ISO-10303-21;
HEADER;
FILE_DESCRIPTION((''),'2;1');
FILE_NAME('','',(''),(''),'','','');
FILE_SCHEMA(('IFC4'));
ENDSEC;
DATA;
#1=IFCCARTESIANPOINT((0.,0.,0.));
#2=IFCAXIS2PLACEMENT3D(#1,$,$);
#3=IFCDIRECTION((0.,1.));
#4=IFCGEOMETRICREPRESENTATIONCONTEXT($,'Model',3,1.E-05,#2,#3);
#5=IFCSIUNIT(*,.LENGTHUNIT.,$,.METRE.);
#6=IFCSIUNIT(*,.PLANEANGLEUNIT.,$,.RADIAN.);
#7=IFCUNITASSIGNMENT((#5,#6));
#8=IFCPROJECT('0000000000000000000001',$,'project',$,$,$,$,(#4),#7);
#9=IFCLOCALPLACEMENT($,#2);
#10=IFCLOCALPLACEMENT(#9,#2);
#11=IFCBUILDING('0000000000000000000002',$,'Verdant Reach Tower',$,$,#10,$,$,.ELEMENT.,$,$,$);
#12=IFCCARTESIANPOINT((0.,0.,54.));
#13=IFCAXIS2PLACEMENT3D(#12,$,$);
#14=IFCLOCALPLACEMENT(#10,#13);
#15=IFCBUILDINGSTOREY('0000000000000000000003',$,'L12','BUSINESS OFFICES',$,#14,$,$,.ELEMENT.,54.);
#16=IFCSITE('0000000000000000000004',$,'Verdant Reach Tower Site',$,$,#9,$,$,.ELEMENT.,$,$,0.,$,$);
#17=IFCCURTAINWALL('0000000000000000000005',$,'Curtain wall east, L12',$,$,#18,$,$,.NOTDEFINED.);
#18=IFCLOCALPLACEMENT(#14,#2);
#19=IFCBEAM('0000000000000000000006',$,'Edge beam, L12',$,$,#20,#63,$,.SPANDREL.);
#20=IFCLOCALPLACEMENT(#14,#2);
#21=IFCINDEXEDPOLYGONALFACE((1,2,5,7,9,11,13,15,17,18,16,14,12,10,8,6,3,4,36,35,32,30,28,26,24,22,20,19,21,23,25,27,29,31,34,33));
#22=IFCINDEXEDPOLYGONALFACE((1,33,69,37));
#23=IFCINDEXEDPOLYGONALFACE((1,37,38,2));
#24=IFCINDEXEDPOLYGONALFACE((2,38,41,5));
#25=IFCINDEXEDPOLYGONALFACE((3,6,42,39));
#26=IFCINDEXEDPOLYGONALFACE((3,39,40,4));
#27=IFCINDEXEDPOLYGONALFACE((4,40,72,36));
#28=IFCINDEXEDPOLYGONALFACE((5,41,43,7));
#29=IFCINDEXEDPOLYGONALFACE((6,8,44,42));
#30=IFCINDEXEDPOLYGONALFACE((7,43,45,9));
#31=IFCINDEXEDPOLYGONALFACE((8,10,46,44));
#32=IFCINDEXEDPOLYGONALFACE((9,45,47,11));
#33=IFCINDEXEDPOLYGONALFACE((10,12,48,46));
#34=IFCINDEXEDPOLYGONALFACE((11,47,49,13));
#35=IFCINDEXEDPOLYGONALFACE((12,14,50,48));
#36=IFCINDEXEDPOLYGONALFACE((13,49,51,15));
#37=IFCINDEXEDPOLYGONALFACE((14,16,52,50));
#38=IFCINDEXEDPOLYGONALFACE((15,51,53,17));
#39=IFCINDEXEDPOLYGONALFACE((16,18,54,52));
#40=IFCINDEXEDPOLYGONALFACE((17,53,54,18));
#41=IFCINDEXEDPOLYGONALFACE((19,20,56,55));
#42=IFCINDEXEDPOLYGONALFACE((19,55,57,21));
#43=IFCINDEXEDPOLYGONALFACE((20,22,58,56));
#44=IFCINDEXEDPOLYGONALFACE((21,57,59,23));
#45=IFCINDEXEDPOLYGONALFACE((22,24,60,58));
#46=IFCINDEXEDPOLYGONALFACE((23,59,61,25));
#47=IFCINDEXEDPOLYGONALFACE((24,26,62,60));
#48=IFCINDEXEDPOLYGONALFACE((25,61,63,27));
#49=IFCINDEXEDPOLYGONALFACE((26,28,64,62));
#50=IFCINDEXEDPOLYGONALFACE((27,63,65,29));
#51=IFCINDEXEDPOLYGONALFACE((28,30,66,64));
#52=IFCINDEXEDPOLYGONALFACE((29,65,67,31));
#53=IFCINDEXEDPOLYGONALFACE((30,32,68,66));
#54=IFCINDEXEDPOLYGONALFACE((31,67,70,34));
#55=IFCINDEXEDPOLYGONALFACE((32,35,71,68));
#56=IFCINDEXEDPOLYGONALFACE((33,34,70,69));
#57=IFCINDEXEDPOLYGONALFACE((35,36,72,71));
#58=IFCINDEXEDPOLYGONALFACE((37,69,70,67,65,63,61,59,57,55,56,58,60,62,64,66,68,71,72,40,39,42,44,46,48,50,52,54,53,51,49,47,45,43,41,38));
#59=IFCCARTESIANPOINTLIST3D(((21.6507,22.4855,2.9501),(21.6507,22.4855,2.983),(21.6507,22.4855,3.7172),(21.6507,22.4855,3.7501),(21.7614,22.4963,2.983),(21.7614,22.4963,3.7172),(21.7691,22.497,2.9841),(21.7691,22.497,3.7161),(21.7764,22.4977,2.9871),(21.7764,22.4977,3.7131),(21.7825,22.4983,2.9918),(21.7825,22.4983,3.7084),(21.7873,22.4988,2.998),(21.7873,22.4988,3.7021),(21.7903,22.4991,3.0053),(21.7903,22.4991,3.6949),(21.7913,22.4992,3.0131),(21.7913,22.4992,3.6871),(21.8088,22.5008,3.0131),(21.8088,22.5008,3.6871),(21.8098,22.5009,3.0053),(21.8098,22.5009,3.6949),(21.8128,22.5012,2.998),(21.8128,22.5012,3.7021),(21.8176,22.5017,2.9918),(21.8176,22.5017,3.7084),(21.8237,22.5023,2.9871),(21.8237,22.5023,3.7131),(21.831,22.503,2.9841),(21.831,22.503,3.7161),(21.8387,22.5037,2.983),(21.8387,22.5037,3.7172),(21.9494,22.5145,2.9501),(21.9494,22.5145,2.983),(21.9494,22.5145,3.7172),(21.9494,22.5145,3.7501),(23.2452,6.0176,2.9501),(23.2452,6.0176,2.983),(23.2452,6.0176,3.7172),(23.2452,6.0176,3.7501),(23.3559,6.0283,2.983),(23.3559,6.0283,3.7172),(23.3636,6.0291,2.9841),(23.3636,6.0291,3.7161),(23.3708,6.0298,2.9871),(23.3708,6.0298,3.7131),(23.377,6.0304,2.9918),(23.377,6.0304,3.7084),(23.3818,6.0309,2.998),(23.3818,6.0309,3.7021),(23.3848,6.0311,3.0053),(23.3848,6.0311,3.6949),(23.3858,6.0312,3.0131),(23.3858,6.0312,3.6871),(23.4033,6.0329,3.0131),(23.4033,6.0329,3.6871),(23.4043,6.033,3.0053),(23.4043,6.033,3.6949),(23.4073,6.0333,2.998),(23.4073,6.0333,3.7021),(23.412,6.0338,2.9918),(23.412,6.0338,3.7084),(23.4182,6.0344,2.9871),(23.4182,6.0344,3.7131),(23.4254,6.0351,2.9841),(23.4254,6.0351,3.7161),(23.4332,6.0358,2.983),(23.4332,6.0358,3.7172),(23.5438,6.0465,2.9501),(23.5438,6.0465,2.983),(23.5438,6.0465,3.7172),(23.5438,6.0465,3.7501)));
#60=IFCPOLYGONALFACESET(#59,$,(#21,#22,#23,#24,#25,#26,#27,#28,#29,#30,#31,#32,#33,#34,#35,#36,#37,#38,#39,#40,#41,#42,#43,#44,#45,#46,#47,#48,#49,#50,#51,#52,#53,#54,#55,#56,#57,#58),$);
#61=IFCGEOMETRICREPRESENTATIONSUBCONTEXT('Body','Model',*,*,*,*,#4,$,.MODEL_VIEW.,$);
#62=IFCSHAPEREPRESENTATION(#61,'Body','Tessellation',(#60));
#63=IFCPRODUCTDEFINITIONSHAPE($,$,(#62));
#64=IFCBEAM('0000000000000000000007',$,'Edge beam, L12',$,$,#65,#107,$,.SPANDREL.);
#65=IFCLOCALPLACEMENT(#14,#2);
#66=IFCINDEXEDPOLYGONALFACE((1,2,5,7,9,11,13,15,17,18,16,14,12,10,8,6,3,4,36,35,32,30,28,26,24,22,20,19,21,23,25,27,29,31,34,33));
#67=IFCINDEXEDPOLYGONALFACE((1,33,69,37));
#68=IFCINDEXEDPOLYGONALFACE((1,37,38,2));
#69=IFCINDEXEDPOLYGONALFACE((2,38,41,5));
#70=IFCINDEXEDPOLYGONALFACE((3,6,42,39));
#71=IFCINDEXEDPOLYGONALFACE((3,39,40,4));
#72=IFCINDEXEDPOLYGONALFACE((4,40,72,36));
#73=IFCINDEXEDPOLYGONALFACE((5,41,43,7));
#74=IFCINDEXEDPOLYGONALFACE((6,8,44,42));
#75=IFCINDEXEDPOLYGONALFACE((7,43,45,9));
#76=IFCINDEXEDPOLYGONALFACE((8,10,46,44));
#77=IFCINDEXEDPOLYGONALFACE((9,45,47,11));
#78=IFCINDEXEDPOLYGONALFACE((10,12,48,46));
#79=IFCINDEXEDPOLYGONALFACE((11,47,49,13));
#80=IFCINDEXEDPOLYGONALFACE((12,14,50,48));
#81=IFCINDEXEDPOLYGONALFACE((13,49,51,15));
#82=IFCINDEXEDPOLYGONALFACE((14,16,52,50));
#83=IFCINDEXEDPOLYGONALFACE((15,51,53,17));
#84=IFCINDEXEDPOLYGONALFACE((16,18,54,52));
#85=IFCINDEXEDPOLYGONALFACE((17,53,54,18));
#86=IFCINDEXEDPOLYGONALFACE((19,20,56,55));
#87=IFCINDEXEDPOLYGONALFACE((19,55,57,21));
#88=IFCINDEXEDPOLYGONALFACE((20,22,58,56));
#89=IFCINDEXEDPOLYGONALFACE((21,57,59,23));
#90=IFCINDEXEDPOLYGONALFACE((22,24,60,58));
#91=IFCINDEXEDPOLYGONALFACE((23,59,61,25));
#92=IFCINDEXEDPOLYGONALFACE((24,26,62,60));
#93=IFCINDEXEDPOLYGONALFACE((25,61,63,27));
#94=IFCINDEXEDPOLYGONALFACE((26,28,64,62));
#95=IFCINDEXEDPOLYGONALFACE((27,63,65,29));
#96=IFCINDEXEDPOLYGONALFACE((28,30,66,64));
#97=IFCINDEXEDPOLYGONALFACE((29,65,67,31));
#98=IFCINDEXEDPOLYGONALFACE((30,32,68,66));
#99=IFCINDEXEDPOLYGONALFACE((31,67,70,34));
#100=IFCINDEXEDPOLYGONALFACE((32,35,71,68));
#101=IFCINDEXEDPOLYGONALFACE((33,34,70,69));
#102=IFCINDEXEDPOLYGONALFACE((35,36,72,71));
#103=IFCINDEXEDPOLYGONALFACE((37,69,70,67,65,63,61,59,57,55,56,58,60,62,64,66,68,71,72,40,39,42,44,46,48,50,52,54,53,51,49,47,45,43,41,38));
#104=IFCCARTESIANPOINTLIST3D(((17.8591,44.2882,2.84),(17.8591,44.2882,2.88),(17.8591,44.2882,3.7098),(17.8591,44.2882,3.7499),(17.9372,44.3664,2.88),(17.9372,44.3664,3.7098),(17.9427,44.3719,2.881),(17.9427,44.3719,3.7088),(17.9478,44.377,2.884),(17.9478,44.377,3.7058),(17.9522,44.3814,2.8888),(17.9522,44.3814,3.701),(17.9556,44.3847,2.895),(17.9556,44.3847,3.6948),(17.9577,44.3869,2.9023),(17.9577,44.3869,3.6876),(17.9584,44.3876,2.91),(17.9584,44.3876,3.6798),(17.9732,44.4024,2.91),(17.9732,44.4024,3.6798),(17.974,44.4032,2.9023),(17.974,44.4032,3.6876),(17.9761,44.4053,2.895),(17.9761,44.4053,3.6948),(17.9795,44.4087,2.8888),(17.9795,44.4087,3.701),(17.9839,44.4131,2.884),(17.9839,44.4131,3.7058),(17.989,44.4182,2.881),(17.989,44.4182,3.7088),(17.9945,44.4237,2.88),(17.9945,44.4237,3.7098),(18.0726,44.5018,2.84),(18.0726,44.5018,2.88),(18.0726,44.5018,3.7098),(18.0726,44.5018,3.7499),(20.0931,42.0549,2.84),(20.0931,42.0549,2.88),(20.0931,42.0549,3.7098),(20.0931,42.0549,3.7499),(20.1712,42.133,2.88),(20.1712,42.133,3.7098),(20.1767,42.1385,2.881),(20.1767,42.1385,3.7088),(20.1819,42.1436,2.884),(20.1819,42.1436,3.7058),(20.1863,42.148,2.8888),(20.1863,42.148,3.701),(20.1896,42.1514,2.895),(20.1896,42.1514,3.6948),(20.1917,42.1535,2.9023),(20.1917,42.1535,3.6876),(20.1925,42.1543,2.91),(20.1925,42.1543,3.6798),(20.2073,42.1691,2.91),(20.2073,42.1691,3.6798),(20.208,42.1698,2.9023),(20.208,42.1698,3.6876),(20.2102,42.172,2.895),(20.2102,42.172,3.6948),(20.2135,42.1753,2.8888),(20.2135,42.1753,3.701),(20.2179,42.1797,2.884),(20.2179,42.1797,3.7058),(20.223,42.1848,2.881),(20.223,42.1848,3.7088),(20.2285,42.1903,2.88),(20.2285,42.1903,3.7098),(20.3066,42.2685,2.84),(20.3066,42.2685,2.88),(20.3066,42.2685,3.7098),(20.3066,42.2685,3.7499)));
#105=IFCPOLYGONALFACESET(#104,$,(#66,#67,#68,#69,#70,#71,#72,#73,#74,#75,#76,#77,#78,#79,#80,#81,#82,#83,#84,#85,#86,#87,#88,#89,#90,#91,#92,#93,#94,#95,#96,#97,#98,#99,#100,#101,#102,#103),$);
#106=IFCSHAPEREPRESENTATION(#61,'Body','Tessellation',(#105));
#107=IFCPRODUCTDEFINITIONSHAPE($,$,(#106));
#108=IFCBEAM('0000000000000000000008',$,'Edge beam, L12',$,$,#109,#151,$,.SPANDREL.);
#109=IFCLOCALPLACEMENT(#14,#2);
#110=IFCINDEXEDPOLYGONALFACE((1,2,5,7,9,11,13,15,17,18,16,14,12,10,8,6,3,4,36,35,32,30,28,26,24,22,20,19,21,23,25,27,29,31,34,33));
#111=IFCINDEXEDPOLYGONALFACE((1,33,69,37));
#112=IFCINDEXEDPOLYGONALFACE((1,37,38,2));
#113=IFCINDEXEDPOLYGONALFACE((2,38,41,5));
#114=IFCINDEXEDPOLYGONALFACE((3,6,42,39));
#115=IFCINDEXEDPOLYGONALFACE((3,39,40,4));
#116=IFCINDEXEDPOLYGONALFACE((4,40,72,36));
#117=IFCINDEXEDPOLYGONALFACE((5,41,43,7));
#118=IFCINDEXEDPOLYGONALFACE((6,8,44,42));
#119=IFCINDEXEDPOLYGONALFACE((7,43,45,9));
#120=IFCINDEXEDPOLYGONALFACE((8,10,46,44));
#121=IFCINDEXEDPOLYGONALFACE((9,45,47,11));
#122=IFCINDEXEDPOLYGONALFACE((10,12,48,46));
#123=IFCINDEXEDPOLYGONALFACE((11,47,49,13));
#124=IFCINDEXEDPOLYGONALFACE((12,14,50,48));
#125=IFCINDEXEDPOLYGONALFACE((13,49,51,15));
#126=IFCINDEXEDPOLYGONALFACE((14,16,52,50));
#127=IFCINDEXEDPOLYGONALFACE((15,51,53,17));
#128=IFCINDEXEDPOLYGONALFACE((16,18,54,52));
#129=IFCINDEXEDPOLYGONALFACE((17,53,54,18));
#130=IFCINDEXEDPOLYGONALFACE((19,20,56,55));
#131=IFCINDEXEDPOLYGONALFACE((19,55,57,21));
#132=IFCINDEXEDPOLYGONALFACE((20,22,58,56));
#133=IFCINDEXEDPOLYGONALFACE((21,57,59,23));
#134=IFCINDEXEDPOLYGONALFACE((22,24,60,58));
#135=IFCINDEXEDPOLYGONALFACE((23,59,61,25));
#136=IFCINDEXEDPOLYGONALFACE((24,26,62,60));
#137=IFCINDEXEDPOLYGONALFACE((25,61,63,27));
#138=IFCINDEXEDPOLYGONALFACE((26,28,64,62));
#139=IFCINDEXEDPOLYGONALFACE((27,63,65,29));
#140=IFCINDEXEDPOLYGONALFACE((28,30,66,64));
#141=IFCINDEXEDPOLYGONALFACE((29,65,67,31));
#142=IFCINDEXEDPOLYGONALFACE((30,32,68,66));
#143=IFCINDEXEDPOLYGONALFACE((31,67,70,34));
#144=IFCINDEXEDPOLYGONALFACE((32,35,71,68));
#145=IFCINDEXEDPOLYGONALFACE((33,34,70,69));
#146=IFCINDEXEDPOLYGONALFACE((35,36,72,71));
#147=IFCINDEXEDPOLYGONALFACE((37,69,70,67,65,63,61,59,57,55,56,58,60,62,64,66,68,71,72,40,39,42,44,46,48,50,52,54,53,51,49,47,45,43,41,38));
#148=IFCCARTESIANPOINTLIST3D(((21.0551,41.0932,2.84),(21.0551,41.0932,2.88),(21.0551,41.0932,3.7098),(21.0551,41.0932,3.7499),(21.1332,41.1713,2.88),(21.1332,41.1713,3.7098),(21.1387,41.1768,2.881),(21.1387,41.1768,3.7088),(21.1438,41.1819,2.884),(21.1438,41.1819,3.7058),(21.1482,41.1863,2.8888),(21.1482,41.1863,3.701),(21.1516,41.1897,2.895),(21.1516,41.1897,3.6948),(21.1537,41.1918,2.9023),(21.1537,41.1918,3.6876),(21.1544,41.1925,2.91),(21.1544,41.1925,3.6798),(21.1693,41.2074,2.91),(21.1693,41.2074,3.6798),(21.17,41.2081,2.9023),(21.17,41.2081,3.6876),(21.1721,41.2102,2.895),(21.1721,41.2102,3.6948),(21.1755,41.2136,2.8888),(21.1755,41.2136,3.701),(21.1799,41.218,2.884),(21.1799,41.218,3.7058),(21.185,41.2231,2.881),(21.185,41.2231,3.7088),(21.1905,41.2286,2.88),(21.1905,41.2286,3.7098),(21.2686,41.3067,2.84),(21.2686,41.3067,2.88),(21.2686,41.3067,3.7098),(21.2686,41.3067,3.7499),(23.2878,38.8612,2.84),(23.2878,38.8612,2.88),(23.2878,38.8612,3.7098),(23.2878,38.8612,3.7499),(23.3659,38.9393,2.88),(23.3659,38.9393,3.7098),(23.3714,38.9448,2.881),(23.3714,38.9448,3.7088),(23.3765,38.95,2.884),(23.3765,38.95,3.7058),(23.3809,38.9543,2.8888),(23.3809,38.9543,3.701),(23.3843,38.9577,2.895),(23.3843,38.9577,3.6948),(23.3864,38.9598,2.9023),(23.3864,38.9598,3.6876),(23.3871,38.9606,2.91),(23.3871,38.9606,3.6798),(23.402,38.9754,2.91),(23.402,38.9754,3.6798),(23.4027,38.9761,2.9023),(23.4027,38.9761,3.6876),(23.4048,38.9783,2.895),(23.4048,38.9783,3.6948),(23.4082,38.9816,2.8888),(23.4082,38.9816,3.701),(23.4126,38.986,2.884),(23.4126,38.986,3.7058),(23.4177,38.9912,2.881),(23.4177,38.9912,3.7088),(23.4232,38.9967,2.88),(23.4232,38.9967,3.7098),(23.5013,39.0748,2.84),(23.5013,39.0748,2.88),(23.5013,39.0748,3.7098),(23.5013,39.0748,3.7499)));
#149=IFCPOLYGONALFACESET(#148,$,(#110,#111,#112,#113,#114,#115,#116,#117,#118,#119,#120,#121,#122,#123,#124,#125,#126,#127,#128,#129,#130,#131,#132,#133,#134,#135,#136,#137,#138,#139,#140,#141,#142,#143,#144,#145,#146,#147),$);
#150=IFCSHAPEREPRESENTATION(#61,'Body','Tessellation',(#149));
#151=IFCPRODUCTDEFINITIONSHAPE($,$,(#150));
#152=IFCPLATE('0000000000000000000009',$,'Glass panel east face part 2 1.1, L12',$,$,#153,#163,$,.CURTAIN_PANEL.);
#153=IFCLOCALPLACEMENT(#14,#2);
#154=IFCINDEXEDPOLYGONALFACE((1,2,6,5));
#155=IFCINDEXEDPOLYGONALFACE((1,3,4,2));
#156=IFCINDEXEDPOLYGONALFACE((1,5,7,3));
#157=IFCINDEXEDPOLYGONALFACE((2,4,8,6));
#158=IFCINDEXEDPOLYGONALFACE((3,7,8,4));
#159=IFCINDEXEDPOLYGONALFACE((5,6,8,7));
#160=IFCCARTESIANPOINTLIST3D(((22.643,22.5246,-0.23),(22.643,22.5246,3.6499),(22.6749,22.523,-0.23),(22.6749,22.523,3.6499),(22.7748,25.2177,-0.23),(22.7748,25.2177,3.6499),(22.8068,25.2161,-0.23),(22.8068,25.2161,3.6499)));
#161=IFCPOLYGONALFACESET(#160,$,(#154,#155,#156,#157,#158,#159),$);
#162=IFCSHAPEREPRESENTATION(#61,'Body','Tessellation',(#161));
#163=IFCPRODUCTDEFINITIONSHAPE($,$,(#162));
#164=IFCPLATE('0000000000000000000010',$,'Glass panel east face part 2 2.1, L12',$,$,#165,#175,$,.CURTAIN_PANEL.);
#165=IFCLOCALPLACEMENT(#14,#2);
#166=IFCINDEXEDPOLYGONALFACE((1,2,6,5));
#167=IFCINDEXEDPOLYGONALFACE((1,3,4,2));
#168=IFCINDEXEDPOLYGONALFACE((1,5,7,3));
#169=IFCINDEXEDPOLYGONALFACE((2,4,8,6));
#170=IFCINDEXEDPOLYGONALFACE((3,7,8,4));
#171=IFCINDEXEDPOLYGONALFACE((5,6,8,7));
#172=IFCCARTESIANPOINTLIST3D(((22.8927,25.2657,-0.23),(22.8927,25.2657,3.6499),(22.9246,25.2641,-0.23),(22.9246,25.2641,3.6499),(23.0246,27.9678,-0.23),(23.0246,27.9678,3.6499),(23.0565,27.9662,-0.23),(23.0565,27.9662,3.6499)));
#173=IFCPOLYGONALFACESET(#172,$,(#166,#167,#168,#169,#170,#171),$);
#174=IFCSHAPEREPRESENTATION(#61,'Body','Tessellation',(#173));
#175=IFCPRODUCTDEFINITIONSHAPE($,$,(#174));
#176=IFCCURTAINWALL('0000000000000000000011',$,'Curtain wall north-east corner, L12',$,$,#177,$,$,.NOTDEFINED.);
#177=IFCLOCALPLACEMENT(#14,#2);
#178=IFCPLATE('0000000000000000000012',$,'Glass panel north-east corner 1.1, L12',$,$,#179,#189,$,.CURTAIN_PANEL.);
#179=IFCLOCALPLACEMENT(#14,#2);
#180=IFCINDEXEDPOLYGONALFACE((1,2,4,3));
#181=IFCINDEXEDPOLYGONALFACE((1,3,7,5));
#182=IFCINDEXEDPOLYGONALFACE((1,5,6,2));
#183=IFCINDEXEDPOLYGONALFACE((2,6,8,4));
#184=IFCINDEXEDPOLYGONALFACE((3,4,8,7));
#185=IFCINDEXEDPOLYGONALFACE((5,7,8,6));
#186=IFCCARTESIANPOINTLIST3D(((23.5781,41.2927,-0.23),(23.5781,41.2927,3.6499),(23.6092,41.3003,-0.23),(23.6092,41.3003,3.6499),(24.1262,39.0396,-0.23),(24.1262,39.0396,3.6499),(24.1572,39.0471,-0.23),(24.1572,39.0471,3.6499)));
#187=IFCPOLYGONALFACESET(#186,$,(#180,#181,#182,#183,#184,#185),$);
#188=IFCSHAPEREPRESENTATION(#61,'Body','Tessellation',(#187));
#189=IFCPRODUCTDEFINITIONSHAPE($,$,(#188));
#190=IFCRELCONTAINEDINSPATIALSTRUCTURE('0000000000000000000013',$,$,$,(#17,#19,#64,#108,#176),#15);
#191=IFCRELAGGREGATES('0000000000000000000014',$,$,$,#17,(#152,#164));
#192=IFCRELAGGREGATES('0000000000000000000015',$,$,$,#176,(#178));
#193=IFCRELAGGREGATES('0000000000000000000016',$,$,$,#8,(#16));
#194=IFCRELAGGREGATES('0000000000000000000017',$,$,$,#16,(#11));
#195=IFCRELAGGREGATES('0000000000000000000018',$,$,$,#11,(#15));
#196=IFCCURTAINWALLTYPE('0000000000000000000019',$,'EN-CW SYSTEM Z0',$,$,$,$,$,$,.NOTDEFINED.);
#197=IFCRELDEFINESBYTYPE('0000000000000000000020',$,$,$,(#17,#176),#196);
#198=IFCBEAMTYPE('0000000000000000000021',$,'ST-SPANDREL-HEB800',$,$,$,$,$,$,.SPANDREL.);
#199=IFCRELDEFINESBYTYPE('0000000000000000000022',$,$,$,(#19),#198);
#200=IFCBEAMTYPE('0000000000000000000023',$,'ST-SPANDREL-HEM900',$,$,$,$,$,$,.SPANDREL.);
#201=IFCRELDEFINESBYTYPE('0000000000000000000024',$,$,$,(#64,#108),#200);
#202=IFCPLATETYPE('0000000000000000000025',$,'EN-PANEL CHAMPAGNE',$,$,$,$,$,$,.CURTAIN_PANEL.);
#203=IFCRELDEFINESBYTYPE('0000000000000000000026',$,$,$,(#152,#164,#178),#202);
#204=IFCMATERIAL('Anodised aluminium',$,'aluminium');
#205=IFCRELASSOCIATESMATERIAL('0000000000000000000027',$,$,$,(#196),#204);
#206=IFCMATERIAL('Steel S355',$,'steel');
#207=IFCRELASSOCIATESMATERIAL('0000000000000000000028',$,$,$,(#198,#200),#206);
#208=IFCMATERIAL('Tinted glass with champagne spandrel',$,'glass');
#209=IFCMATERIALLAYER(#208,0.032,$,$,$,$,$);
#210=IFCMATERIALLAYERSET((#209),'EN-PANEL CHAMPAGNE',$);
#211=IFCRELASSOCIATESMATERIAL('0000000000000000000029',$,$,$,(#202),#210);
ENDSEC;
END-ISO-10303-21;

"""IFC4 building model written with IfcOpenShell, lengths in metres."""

from ifc_helpers import new_model, si_unit, direction, frame, origin, origin_2d, place, context, subcontext, project, spatial, rectangle, i_section, extrude, material, layer, layer_set, material_profile, profile_set, type_object, element, aggregate, save


model = new_model("IFC4")

# Units and contexts
model_context = context("Model", 3, precision=1e-05, world=origin(), true_north=direction((0.0, 1.0)))
body_context = subcontext(model_context, "Body", "Model", "MODEL_VIEW")
ifc_project = project(units=[si_unit("LENGTHUNIT", "METRE"), si_unit("PLANEANGLEUNIT", "RADIAN")], contexts=[model_context])

# Site, building, storey
site_placement = place(None, origin())
site = spatial("IfcSite", under=ifc_project, at=site_placement, Name="Verdant Reach Tower Site", CompositionType="ELEMENT", RefElevation=0.0)
building_placement = place(site_placement, origin())
building = spatial("IfcBuilding", under=site, at=building_placement, Name="Verdant Reach Tower", CompositionType="ELEMENT")
storey_placement = place(building_placement, frame((0.0, 0.0, 54.0)))
storey = spatial("IfcBuildingStorey", under=building, at=storey_placement, Name="L12", Description="BUSINESS OFFICES", CompositionType="ELEMENT", Elevation=54.0)

# Curtain wall
ifc_material_1 = material(Name="Anodised aluminium", Category="aluminium")
curtain_wall_type = type_object("IfcCurtainWallType", Name="EN-CW SYSTEM Z0", PredefinedType="NOTDEFINED", material=ifc_material_1)
curtain_wall_1_placement = place(storey_placement, origin())
curtain_wall_1 = element("IfcCurtainWall", 1, at=curtain_wall_1_placement, inside=storey, type_object=curtain_wall_type, Name="Curtain wall east, L12", PredefinedType="NOTDEFINED")

# Beams
ifc_material_2 = material(Name="Steel S355", Category="steel")
ifc_material_profile_1 = material_profile(ifc_material_2, i_section(OverallWidth=0.3, OverallDepth=0.8, WebThickness=0.0176, FlangeThickness=0.033, FilletRadius=0.03, at=origin_2d()), Name="HEB 800")
ifc_profile_set_1 = profile_set([ifc_material_profile_1], Name="Steel S355")
beam_type_1 = type_object("IfcBeamType", Name="ST-SPANDREL-HEB800", PredefinedType="SPANDREL", material=ifc_profile_set_1)
for number, where, z_axis, x_axis, name in (
    (2, (21.8, 22.5, 3.3501), (0.096372, -0.995345, 0.0), (0.995345, 0.096372, 0.0), "Edge beam, L12"),
):
    element("IfcBeam", number, at=place(storey_placement, frame(where, z_axis=z_axis, x_axis=x_axis)), inside=storey, type_object=beam_type_1, Name=name, PredefinedType="SPANDREL", context=body_context, shape_type="SweptSolid", body=[
        extrude(i_section(OverallWidth=0.3, OverallDepth=0.8, WebThickness=0.0176, FlangeThickness=0.033, FilletRadius=0.03, at=origin_2d()), origin(), (0.0, 0.0, 1.0), 16.5449),
    ])
ifc_material_profile_2 = material_profile(ifc_material_2, i_section(OverallWidth=0.302, OverallDepth=0.9099, WebThickness=0.021, FlangeThickness=0.04, FilletRadius=0.03, at=origin_2d()), Name="HEM 900")
ifc_profile_set_2 = profile_set([ifc_material_profile_2], Name="Steel S355")
beam_type_2 = type_object("IfcBeamType", Name="ST-SPANDREL-HEM900", PredefinedType="SPANDREL", material=ifc_profile_set_2)
beam_1_placement = place(storey_placement, frame((17.9658, 44.395, 3.2949), z_axis=(0.707223, -0.706991, 0.0), x_axis=(0.706991, 0.707223, 0.0)))
element("IfcBeam", 3, at=beam_1_placement, inside=storey, type_object=beam_type_2, Name="Edge beam, L12", PredefinedType="SPANDREL", context=body_context, shape_type="SweptSolid", body=[
    extrude(i_section(OverallWidth=0.302, OverallDepth=0.9099, WebThickness=0.021, FlangeThickness=0.04, FilletRadius=0.03, at=origin_2d()), origin(), (0.0, 0.0, 1.0), 3.1589),
])
beam_2_placement = place(storey_placement, frame((21.1619, 41.2, 3.2949), z_axis=(0.707223, -0.706991, 0.0), x_axis=(0.706991, 0.707223, 0.0)))
element("IfcBeam", 4, at=beam_2_placement, inside=storey, type_object=beam_type_2, Name="Edge beam, L12", PredefinedType="SPANDREL", context=body_context, shape_type="SweptSolid", body=[
    extrude(i_section(OverallWidth=0.302, OverallDepth=0.9099, WebThickness=0.021, FlangeThickness=0.04, FilletRadius=0.03, at=origin_2d()), origin(), (0.0, 0.0, 1.0), 3.157),
])

# Plates
ifc_material_3 = material(Name="Tinted glass with champagne spandrel", Category="glass")
ifc_layer_1 = layer(ifc_material_3, 0.032)
ifc_layer_set_1 = layer_set([ifc_layer_1], Name="EN-PANEL CHAMPAGNE")
plate_type_1 = type_object("IfcPlateType", Name="EN-PANEL CHAMPAGNE", PredefinedType="CURTAIN_PANEL", material=ifc_layer_set_1)
plate_1_placement = place(storey_placement, frame((22.7249, 23.8704, -0.23), z_axis=(0.0, 0.0, 1.0), x_axis=(0.048902, 0.998804, 0.0)))
plate_1 = element("IfcPlate", 5, at=plate_1_placement, type_object=plate_type_1, Name="Glass panel east face part 2 1.1, L12", PredefinedType="CURTAIN_PANEL", context=body_context, shape_type="SweptSolid", body=[
    extrude(rectangle(XDim=2.6963, YDim=0.032, at=origin_2d()), origin(), (0.0, 0.0, 1.0), 3.8799),
])
plate_2_placement = place(storey_placement, frame((22.9746, 26.616, -0.23), z_axis=(0.0, 0.0, 1.0), x_axis=(0.048753, 0.998811, 0.0)))
plate_2 = element("IfcPlate", 6, at=plate_2_placement, type_object=plate_type_1, Name="Glass panel east face part 2 2.1, L12", PredefinedType="CURTAIN_PANEL", context=body_context, shape_type="SweptSolid", body=[
    extrude(rectangle(XDim=2.7053, YDim=0.032, at=origin_2d()), origin(), (0.0, 0.0, 1.0), 3.8799),
])

# Curtain wall, plate
curtain_wall_2_placement = place(storey_placement, origin())
curtain_wall_2 = element("IfcCurtainWall", 7, at=curtain_wall_2_placement, inside=storey, type_object=curtain_wall_type, Name="Curtain wall north-east corner, L12", PredefinedType="NOTDEFINED")
plate_3_placement = place(storey_placement, frame((23.8677, 40.1699, -0.23), z_axis=(0.0, 0.0, 1.0), x_axis=(-0.236347, 0.971669, 0.0)))
plate_3 = element("IfcPlate", 8, at=plate_3_placement, type_object=plate_type_1, Name="Glass panel north-east corner 1.1, L12", PredefinedType="CURTAIN_PANEL", context=body_context, shape_type="SweptSolid", body=[
    extrude(rectangle(XDim=2.3188, YDim=0.032, at=origin_2d()), origin(), (0.0, 0.0, 1.0), 3.8799),
])

aggregate(curtain_wall_1, [plate_1, plate_2])
aggregate(curtain_wall_2, [plate_3])

save(model, "model.ifc")
